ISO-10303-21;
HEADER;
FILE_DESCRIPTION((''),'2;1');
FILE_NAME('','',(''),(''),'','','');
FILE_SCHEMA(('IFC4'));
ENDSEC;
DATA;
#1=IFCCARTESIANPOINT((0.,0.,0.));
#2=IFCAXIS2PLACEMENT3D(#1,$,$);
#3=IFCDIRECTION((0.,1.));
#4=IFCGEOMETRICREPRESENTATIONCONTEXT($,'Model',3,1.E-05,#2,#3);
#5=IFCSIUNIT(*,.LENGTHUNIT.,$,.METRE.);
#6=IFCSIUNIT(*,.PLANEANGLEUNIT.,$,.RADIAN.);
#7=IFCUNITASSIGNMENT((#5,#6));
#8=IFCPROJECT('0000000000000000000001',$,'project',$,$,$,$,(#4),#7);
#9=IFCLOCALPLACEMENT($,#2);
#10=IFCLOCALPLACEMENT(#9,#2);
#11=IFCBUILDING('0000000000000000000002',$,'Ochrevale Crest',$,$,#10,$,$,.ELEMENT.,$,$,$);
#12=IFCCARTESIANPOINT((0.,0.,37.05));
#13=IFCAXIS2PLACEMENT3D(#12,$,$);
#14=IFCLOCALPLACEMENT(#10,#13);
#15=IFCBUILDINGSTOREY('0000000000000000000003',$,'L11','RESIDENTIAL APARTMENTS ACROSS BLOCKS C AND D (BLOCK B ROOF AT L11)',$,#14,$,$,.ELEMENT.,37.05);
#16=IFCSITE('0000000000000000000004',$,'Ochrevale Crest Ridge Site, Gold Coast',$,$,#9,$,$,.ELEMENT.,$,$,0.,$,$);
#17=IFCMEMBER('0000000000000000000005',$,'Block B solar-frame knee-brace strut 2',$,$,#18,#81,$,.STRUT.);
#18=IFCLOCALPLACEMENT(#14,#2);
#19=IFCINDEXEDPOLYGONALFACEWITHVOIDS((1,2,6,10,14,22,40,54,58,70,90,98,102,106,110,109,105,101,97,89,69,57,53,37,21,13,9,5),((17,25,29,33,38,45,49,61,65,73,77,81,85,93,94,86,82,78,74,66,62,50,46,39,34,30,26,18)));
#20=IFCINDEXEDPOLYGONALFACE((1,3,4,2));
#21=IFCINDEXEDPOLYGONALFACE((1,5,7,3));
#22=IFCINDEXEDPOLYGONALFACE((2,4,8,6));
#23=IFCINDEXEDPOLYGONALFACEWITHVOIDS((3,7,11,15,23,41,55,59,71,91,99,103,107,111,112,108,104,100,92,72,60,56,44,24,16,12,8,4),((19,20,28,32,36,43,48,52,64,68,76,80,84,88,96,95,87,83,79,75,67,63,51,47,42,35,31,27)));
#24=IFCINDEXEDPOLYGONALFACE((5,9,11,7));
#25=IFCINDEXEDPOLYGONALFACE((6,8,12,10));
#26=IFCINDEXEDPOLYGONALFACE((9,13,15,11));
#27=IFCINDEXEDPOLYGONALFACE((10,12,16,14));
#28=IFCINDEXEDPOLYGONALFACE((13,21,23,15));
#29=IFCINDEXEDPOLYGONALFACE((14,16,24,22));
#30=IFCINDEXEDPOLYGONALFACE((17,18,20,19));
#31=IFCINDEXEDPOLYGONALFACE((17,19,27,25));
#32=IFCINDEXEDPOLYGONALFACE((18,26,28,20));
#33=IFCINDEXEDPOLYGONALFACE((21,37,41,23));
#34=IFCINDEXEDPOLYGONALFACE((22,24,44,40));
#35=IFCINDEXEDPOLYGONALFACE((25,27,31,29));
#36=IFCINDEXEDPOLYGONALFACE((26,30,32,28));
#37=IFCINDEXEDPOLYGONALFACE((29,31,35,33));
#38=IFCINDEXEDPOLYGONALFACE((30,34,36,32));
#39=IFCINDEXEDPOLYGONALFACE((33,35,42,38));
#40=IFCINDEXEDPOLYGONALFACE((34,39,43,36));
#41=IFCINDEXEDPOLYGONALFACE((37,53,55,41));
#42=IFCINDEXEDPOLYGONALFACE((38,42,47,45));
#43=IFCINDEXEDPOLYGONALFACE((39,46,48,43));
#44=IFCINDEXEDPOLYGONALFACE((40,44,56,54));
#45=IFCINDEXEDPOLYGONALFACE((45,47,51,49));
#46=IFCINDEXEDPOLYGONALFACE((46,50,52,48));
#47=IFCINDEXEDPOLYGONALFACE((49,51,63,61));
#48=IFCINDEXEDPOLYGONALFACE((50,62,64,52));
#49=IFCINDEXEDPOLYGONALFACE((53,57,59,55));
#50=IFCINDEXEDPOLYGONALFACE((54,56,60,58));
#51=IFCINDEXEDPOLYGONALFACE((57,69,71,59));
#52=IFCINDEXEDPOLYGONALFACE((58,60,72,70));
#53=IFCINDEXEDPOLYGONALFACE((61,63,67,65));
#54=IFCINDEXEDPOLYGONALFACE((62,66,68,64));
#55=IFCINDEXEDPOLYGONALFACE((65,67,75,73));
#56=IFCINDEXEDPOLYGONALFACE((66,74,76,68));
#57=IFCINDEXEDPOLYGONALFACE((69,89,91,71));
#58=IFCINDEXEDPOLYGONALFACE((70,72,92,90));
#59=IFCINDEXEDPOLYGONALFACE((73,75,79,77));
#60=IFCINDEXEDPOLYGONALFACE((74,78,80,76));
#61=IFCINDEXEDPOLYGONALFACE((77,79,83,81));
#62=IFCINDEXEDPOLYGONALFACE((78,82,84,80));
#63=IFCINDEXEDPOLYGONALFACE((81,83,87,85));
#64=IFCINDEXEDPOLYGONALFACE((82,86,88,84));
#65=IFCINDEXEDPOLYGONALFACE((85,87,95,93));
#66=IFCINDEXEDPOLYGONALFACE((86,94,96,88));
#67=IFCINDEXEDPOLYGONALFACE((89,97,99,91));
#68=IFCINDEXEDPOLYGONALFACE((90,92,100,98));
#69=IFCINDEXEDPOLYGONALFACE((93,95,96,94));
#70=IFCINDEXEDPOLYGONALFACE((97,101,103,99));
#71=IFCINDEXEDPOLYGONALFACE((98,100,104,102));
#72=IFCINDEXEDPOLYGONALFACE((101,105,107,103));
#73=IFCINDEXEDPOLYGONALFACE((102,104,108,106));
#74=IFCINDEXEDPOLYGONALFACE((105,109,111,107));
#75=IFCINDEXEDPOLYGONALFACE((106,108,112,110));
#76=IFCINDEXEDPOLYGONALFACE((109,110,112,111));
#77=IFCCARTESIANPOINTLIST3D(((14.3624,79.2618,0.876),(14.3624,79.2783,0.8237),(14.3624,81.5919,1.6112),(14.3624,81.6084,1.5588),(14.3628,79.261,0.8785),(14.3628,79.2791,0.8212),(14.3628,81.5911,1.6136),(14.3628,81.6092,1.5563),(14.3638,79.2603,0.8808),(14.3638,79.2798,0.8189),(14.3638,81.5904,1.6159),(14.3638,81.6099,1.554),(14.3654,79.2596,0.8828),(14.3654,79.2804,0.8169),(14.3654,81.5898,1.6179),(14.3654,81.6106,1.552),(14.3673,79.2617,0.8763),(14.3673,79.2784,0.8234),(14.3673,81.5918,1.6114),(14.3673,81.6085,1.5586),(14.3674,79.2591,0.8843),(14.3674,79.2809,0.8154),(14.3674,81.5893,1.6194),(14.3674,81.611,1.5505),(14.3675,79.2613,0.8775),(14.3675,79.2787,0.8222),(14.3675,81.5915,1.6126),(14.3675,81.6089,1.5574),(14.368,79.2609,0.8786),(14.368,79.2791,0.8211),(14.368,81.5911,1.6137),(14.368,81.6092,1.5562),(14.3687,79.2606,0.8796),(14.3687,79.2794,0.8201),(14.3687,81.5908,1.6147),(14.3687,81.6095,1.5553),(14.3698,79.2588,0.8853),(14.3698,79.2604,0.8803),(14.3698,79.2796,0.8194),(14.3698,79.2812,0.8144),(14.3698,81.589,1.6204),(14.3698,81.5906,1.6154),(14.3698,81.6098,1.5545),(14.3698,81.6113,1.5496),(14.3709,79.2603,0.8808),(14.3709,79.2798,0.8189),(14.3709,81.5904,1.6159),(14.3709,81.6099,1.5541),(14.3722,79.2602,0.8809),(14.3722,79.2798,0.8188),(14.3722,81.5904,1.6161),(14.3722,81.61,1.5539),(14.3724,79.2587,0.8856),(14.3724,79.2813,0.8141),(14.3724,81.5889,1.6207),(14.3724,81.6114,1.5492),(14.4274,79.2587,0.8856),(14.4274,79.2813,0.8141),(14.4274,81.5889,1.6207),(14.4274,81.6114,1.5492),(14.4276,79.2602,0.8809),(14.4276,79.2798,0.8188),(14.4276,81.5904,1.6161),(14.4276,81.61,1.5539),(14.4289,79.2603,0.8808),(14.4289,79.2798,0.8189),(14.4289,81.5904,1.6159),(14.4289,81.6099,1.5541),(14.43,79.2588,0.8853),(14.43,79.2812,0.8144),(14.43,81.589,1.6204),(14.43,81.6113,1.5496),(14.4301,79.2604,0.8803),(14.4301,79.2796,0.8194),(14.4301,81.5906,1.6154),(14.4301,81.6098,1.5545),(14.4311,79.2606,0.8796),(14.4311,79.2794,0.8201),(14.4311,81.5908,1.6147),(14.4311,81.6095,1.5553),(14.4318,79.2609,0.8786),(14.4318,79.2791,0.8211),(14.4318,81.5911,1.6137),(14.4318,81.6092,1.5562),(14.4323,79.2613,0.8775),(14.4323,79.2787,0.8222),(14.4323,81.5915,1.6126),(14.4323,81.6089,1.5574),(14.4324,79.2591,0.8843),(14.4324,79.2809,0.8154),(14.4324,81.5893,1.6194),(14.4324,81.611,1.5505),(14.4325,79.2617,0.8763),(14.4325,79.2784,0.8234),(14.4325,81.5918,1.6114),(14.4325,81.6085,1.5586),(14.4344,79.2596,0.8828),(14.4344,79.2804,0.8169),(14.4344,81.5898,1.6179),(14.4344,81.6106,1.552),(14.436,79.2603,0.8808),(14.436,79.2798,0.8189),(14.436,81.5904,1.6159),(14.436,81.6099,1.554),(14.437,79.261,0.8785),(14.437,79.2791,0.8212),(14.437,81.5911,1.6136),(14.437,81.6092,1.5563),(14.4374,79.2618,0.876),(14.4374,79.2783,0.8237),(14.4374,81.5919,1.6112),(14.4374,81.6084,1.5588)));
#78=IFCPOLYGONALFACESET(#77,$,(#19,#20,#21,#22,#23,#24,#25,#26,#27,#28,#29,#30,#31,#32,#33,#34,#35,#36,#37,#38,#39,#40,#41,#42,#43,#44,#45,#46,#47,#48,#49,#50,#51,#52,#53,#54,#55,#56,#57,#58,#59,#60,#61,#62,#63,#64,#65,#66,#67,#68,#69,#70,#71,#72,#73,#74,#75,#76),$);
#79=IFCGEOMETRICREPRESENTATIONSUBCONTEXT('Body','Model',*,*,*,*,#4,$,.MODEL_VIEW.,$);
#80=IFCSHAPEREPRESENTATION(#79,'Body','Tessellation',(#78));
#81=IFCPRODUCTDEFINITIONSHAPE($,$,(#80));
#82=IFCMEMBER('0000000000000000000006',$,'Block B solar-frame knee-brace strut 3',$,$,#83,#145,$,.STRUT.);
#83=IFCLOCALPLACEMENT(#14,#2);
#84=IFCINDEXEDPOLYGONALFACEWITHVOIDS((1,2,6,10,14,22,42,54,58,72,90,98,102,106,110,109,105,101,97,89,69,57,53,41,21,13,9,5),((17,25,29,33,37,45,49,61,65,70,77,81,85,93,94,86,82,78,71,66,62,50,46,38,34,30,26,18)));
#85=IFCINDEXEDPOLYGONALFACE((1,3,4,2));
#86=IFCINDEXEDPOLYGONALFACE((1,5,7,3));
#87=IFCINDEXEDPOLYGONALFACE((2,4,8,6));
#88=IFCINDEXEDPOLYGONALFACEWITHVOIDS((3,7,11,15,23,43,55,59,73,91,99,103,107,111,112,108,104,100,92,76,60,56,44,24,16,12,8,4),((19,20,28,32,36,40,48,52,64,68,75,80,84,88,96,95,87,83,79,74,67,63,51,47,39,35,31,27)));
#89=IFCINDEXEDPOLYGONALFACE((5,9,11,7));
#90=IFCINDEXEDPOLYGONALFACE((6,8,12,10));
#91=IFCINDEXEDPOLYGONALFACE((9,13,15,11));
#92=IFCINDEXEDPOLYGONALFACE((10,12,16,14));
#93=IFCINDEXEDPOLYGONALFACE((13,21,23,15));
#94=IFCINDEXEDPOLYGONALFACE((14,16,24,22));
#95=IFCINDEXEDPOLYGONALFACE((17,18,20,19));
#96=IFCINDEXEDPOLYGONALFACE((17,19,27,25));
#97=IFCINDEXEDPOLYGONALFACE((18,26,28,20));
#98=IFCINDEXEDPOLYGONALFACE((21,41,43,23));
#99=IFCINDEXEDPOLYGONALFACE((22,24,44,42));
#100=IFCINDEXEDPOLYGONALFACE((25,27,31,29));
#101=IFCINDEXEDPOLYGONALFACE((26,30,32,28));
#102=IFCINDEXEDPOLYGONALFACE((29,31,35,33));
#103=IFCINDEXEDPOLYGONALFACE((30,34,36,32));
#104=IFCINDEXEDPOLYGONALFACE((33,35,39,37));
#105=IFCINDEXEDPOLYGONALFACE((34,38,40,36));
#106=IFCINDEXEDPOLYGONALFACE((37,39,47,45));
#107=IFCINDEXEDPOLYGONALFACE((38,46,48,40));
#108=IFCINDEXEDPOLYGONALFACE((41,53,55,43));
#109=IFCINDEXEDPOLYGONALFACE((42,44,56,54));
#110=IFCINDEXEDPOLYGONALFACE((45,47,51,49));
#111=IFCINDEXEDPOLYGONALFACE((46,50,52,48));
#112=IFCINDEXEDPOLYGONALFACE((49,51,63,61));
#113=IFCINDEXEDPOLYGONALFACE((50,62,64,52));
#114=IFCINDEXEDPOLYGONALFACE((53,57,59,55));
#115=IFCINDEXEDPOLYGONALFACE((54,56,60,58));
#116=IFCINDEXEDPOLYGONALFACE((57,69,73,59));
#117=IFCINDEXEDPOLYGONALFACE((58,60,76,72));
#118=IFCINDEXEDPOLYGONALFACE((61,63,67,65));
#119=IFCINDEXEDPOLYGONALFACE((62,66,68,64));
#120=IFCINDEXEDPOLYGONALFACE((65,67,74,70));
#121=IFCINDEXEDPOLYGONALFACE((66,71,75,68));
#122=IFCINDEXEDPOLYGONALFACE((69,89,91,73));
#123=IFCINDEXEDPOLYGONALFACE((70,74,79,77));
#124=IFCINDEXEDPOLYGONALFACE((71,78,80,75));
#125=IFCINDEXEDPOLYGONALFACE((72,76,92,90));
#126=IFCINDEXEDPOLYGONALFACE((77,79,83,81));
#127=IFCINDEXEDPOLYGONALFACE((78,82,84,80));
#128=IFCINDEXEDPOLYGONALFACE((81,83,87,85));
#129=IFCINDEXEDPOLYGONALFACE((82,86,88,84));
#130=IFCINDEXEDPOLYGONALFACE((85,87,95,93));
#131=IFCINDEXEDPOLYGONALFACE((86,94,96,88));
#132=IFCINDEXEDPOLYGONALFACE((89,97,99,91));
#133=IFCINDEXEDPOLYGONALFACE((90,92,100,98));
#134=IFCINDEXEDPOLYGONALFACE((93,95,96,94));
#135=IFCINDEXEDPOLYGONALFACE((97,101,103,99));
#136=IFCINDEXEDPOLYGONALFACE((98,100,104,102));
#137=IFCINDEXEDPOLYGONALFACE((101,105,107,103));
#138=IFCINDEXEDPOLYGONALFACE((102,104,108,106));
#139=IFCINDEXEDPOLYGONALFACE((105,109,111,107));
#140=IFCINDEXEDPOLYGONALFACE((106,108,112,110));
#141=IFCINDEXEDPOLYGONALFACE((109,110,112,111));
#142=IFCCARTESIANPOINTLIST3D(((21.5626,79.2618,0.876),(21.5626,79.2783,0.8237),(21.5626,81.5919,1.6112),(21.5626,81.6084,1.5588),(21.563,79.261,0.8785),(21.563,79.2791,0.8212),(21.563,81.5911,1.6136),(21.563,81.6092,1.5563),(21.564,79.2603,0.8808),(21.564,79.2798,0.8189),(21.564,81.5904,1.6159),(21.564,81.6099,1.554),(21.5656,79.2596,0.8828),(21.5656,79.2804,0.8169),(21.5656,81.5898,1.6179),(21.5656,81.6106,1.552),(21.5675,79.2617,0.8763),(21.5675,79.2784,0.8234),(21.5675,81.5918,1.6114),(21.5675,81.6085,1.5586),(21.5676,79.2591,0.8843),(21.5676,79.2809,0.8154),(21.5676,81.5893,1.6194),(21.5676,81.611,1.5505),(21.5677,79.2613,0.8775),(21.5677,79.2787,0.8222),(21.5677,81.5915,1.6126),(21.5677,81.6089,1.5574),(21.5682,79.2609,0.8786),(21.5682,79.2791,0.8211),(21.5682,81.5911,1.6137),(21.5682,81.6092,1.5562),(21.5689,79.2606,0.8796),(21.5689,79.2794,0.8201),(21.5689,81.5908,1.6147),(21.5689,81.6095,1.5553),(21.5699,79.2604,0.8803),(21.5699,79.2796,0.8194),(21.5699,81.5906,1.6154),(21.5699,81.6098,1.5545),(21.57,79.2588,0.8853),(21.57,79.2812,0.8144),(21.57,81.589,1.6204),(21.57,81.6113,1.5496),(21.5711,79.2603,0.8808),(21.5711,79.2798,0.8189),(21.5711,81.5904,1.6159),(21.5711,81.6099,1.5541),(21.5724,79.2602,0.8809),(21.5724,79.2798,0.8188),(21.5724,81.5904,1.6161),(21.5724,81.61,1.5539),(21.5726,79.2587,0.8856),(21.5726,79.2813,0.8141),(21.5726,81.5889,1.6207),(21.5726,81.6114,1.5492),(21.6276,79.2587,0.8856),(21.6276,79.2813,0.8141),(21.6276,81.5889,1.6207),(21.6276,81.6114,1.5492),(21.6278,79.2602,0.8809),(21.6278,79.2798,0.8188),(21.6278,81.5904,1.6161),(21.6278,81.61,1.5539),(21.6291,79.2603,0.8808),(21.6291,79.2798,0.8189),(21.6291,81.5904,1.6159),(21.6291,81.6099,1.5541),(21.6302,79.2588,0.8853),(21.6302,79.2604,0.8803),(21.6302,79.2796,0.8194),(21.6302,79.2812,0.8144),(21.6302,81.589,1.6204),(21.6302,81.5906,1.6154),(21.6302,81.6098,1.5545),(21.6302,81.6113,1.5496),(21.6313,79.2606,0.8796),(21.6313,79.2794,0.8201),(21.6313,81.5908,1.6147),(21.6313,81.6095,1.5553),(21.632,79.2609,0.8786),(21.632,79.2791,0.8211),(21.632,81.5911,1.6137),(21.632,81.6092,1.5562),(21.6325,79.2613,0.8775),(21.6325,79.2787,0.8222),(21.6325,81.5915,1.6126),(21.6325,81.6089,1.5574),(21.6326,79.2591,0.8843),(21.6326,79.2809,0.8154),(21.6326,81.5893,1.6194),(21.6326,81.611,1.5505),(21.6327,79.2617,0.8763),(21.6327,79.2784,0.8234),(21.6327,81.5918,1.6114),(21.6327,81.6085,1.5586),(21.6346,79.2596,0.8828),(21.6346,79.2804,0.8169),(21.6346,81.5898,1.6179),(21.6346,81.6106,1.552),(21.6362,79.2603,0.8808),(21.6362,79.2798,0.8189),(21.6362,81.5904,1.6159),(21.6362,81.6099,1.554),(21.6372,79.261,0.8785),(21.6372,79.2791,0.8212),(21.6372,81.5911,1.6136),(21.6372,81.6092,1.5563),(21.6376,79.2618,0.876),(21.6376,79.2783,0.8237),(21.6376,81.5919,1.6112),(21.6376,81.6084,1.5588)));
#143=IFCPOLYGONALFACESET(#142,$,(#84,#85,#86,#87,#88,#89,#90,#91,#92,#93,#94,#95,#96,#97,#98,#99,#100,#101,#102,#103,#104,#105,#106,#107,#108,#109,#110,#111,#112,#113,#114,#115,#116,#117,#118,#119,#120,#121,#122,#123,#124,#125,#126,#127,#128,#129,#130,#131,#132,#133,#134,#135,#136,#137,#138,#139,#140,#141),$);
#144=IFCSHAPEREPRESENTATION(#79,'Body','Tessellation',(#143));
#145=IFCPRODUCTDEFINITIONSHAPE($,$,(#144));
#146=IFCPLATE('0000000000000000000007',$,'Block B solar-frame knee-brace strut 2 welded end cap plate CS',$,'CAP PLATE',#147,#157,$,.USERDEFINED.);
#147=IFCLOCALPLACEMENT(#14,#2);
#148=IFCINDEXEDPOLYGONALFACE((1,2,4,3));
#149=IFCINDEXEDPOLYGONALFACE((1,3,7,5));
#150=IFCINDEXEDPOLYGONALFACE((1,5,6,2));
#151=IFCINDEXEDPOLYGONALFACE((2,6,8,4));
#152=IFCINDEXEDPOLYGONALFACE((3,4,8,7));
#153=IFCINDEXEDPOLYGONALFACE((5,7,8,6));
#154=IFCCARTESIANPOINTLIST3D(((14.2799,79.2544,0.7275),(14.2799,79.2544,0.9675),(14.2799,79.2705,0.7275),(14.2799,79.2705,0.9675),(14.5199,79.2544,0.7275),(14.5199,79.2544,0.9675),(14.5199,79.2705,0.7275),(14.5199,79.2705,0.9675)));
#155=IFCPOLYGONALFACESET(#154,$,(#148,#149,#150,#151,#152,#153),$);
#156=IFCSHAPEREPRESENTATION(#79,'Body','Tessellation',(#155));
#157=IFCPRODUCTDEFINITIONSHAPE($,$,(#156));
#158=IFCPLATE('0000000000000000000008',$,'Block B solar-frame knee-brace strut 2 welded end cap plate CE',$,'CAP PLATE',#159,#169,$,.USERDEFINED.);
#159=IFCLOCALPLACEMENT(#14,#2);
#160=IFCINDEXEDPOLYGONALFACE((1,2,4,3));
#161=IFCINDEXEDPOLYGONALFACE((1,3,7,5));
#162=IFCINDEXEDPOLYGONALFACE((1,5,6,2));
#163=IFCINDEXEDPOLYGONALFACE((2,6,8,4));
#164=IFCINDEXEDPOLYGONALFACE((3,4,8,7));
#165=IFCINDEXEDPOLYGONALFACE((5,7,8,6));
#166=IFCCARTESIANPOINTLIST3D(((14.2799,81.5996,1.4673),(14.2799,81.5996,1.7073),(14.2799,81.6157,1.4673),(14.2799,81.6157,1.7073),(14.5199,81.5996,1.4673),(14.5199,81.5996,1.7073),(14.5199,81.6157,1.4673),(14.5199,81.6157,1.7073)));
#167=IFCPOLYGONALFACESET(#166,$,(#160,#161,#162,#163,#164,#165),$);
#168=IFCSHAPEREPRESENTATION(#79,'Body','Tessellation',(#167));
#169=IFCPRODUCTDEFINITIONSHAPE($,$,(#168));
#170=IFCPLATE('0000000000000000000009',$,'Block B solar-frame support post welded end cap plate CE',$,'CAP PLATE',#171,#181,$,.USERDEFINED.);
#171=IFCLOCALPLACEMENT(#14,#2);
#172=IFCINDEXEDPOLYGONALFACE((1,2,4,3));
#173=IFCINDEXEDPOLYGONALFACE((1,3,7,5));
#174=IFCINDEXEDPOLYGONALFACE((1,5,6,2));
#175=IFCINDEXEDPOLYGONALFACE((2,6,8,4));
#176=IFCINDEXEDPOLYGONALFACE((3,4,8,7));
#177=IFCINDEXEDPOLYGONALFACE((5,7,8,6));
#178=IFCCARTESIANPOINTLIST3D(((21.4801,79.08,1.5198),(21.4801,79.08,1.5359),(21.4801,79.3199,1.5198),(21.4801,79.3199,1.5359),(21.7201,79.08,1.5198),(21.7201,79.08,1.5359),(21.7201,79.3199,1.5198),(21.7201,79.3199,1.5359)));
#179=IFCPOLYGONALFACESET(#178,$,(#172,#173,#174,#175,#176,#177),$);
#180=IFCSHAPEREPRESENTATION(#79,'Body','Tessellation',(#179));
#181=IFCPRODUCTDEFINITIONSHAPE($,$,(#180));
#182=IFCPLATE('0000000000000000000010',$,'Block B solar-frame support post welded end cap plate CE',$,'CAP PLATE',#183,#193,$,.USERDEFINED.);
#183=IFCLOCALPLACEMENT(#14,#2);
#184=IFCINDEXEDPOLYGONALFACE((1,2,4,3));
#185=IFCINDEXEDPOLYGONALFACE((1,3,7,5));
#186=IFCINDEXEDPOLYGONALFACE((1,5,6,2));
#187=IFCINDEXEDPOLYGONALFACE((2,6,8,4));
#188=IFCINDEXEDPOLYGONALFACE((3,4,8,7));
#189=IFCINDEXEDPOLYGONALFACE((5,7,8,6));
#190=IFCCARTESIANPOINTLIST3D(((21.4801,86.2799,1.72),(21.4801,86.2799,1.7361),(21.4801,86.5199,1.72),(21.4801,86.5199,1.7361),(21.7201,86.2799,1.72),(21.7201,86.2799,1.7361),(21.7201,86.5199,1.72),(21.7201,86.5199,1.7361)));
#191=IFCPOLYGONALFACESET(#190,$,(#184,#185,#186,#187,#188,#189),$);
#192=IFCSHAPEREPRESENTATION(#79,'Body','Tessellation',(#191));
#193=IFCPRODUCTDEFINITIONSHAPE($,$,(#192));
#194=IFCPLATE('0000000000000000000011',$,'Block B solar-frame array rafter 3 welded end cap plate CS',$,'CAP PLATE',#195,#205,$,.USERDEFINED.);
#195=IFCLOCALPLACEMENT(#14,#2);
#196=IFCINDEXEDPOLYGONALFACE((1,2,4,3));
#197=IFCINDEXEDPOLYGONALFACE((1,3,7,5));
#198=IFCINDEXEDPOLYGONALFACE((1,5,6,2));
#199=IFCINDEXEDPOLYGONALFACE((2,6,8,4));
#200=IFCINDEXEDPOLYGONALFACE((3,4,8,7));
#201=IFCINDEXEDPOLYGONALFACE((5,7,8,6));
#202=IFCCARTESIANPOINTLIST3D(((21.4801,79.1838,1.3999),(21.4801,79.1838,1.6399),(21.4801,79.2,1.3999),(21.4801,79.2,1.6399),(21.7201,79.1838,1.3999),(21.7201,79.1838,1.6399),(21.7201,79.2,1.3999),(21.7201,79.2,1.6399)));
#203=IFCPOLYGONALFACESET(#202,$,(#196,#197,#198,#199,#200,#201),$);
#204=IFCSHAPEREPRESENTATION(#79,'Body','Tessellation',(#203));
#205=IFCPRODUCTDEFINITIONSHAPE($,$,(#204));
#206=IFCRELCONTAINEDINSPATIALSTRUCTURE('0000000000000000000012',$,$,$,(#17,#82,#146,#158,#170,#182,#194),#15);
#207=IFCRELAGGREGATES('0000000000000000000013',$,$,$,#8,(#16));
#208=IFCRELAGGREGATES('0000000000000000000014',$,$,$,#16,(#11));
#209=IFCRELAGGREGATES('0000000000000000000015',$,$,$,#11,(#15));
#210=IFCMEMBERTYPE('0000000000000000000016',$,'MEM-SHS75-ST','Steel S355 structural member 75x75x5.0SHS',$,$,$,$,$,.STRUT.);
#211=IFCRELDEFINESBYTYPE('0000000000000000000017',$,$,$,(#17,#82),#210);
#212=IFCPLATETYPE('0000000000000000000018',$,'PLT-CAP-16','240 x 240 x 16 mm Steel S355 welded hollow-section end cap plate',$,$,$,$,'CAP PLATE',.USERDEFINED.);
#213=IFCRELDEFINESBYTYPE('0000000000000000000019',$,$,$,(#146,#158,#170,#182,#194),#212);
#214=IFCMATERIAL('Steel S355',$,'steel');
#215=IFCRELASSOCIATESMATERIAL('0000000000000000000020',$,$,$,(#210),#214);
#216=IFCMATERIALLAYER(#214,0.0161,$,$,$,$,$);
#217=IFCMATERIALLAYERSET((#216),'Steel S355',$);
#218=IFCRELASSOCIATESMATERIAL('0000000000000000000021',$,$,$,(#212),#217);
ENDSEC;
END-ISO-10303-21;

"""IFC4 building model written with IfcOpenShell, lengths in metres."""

from ifc_helpers import new_model, si_unit, direction, frame, origin, origin_2d, place, context, subcontext, project, spatial, rectangle, hollow_rectangle, extrude, material, layer, layer_set, material_profile, profile_set, type_object, element, save


model = new_model("IFC4")

# Units and contexts
model_context = context("Model", 3, precision=1e-05, world=origin(), true_north=direction((0.0, 1.0)))
body_context = subcontext(model_context, "Body", "Model", "MODEL_VIEW")
ifc_project = project(units=[si_unit("LENGTHUNIT", "METRE"), si_unit("PLANEANGLEUNIT", "RADIAN")], contexts=[model_context])

# Site, building, storey
site_placement = place(None, origin())
site = spatial("IfcSite", under=ifc_project, at=site_placement, Name="Ochrevale Crest Ridge Site, Gold Coast", CompositionType="ELEMENT", RefElevation=0.0)
building_placement = place(site_placement, origin())
building = spatial("IfcBuilding", under=site, at=building_placement, Name="Ochrevale Crest", CompositionType="ELEMENT")
storey_placement = place(building_placement, frame((0.0, 0.0, 37.05)))
storey = spatial("IfcBuildingStorey", under=building, at=storey_placement, Name="L11", Description="RESIDENTIAL APARTMENTS ACROSS BLOCKS C AND D (BLOCK B ROOF AT L11)", CompositionType="ELEMENT", Elevation=37.05)

# Shared definitions
ifc_material_1 = material(Name="Steel S355", Category="steel")

# Members
ifc_material_profile_1 = material_profile(ifc_material_1, hollow_rectangle(XDim=0.075, YDim=0.075, WallThickness=0.0049, InnerFilletRadius=0.0049, OuterFilletRadius=0.01, at=origin_2d()), Name="75x75x5.0SHS")
ifc_profile_set_1 = profile_set([ifc_material_profile_1], Name="Steel S355")
member_type_1 = type_object("IfcMemberType", Name="MEM-SHS75-ST", Description="Steel S355 structural member 75x75x5.0SHS", PredefinedType="STRUT", material=ifc_profile_set_1)
for number, where, z_axis, x_axis, name in (
    (1, (14.3999, 79.27, 0.8499), (0.0, 0.953666, 0.300868), (-1.0, 0.0, 0.0), "Block B solar-frame knee-brace strut 2"),
    (2, (21.6001, 79.27, 0.8499), (0.0, 0.953666, 0.300868), (-1.0, 0.0, 0.0), "Block B solar-frame knee-brace strut 3"),
):
    element("IfcMember", number, at=place(storey_placement, frame(where, z_axis=z_axis, x_axis=x_axis)), inside=storey, type_object=member_type_1, Name=name, PredefinedType="STRUT", context=body_context, shape_type="SweptSolid", body=[
        extrude(hollow_rectangle(XDim=0.075, YDim=0.075, WallThickness=0.0049, InnerFilletRadius=0.0049, OuterFilletRadius=0.01, at=origin_2d()), origin(), (0.0, 0.0, 1.0), 2.4434),
    ])

# Plates
ifc_layer_1 = layer(ifc_material_1, 0.0161)
ifc_layer_set_1 = layer_set([ifc_layer_1], Name="Steel S355")
plate_type = type_object("IfcPlateType", Name="PLT-CAP-16", Description="240 x 240 x 16 mm Steel S355 welded hollow-section end cap plate", ElementType="CAP PLATE", PredefinedType="USERDEFINED", material=ifc_layer_set_1)
for number, where, z_axis, x_axis, name in (
    (3, (14.3999, 79.2625, 0.7275), (0.0, 0.0, 1.0), (0.0, 1.0, 0.0), "Block B solar-frame knee-brace strut 2 welded end cap plate CS"),
    (4, (14.3999, 81.6077, 1.4673), (0.0, 0.0, 1.0), (0.0, 1.0, 0.0), "Block B solar-frame knee-brace strut 2 welded end cap plate CE"),
):
    element("IfcPlate", number, at=place(storey_placement, frame(where, z_axis=z_axis, x_axis=x_axis)), inside=storey, type_object=plate_type, Name=name, ObjectType="CAP PLATE", PredefinedType="USERDEFINED", context=body_context, shape_type="SweptSolid", body=[
        extrude(rectangle(XDim=0.0161, YDim=0.24, at=origin_2d()), origin(), (0.0, 0.0, 1.0), 0.24),
    ])
for number, where, z_axis, x_axis, name in (
    (5, (21.6001, 79.2, 1.5198), (0.0, 0.0, 1.0), (1.0, 0.0, 0.0), "Block B solar-frame support post welded end cap plate CE"),
    (6, (21.6001, 86.3999, 1.72), (0.0, 0.0, 1.0), (1.0, 0.0, 0.0), "Block B solar-frame support post welded end cap plate CE"),
):
    element("IfcPlate", number, at=place(storey_placement, frame(where, z_axis=z_axis, x_axis=x_axis)), inside=storey, type_object=plate_type, Name=name, ObjectType="CAP PLATE", PredefinedType="USERDEFINED", context=body_context, shape_type="SweptSolid", body=[
        extrude(rectangle(XDim=0.24, YDim=0.24, at=origin_2d()), origin(), (0.0, 0.0, 1.0), 0.0161),
    ])
for number, where, z_axis, x_axis, name in (
    (7, (21.6001, 79.1919, 1.3999), (0.0, 0.0, 1.0), (0.0, 1.0, 0.0), "Block B solar-frame array rafter 3 welded end cap plate CS"),
):
    element("IfcPlate", number, at=place(storey_placement, frame(where, z_axis=z_axis, x_axis=x_axis)), inside=storey, type_object=plate_type, Name=name, ObjectType="CAP PLATE", PredefinedType="USERDEFINED", context=body_context, shape_type="SweptSolid", body=[
        extrude(rectangle(XDim=0.0161, YDim=0.24, at=origin_2d()), origin(), (0.0, 0.0, 1.0), 0.24),
    ])

save(model, "model.ifc")
